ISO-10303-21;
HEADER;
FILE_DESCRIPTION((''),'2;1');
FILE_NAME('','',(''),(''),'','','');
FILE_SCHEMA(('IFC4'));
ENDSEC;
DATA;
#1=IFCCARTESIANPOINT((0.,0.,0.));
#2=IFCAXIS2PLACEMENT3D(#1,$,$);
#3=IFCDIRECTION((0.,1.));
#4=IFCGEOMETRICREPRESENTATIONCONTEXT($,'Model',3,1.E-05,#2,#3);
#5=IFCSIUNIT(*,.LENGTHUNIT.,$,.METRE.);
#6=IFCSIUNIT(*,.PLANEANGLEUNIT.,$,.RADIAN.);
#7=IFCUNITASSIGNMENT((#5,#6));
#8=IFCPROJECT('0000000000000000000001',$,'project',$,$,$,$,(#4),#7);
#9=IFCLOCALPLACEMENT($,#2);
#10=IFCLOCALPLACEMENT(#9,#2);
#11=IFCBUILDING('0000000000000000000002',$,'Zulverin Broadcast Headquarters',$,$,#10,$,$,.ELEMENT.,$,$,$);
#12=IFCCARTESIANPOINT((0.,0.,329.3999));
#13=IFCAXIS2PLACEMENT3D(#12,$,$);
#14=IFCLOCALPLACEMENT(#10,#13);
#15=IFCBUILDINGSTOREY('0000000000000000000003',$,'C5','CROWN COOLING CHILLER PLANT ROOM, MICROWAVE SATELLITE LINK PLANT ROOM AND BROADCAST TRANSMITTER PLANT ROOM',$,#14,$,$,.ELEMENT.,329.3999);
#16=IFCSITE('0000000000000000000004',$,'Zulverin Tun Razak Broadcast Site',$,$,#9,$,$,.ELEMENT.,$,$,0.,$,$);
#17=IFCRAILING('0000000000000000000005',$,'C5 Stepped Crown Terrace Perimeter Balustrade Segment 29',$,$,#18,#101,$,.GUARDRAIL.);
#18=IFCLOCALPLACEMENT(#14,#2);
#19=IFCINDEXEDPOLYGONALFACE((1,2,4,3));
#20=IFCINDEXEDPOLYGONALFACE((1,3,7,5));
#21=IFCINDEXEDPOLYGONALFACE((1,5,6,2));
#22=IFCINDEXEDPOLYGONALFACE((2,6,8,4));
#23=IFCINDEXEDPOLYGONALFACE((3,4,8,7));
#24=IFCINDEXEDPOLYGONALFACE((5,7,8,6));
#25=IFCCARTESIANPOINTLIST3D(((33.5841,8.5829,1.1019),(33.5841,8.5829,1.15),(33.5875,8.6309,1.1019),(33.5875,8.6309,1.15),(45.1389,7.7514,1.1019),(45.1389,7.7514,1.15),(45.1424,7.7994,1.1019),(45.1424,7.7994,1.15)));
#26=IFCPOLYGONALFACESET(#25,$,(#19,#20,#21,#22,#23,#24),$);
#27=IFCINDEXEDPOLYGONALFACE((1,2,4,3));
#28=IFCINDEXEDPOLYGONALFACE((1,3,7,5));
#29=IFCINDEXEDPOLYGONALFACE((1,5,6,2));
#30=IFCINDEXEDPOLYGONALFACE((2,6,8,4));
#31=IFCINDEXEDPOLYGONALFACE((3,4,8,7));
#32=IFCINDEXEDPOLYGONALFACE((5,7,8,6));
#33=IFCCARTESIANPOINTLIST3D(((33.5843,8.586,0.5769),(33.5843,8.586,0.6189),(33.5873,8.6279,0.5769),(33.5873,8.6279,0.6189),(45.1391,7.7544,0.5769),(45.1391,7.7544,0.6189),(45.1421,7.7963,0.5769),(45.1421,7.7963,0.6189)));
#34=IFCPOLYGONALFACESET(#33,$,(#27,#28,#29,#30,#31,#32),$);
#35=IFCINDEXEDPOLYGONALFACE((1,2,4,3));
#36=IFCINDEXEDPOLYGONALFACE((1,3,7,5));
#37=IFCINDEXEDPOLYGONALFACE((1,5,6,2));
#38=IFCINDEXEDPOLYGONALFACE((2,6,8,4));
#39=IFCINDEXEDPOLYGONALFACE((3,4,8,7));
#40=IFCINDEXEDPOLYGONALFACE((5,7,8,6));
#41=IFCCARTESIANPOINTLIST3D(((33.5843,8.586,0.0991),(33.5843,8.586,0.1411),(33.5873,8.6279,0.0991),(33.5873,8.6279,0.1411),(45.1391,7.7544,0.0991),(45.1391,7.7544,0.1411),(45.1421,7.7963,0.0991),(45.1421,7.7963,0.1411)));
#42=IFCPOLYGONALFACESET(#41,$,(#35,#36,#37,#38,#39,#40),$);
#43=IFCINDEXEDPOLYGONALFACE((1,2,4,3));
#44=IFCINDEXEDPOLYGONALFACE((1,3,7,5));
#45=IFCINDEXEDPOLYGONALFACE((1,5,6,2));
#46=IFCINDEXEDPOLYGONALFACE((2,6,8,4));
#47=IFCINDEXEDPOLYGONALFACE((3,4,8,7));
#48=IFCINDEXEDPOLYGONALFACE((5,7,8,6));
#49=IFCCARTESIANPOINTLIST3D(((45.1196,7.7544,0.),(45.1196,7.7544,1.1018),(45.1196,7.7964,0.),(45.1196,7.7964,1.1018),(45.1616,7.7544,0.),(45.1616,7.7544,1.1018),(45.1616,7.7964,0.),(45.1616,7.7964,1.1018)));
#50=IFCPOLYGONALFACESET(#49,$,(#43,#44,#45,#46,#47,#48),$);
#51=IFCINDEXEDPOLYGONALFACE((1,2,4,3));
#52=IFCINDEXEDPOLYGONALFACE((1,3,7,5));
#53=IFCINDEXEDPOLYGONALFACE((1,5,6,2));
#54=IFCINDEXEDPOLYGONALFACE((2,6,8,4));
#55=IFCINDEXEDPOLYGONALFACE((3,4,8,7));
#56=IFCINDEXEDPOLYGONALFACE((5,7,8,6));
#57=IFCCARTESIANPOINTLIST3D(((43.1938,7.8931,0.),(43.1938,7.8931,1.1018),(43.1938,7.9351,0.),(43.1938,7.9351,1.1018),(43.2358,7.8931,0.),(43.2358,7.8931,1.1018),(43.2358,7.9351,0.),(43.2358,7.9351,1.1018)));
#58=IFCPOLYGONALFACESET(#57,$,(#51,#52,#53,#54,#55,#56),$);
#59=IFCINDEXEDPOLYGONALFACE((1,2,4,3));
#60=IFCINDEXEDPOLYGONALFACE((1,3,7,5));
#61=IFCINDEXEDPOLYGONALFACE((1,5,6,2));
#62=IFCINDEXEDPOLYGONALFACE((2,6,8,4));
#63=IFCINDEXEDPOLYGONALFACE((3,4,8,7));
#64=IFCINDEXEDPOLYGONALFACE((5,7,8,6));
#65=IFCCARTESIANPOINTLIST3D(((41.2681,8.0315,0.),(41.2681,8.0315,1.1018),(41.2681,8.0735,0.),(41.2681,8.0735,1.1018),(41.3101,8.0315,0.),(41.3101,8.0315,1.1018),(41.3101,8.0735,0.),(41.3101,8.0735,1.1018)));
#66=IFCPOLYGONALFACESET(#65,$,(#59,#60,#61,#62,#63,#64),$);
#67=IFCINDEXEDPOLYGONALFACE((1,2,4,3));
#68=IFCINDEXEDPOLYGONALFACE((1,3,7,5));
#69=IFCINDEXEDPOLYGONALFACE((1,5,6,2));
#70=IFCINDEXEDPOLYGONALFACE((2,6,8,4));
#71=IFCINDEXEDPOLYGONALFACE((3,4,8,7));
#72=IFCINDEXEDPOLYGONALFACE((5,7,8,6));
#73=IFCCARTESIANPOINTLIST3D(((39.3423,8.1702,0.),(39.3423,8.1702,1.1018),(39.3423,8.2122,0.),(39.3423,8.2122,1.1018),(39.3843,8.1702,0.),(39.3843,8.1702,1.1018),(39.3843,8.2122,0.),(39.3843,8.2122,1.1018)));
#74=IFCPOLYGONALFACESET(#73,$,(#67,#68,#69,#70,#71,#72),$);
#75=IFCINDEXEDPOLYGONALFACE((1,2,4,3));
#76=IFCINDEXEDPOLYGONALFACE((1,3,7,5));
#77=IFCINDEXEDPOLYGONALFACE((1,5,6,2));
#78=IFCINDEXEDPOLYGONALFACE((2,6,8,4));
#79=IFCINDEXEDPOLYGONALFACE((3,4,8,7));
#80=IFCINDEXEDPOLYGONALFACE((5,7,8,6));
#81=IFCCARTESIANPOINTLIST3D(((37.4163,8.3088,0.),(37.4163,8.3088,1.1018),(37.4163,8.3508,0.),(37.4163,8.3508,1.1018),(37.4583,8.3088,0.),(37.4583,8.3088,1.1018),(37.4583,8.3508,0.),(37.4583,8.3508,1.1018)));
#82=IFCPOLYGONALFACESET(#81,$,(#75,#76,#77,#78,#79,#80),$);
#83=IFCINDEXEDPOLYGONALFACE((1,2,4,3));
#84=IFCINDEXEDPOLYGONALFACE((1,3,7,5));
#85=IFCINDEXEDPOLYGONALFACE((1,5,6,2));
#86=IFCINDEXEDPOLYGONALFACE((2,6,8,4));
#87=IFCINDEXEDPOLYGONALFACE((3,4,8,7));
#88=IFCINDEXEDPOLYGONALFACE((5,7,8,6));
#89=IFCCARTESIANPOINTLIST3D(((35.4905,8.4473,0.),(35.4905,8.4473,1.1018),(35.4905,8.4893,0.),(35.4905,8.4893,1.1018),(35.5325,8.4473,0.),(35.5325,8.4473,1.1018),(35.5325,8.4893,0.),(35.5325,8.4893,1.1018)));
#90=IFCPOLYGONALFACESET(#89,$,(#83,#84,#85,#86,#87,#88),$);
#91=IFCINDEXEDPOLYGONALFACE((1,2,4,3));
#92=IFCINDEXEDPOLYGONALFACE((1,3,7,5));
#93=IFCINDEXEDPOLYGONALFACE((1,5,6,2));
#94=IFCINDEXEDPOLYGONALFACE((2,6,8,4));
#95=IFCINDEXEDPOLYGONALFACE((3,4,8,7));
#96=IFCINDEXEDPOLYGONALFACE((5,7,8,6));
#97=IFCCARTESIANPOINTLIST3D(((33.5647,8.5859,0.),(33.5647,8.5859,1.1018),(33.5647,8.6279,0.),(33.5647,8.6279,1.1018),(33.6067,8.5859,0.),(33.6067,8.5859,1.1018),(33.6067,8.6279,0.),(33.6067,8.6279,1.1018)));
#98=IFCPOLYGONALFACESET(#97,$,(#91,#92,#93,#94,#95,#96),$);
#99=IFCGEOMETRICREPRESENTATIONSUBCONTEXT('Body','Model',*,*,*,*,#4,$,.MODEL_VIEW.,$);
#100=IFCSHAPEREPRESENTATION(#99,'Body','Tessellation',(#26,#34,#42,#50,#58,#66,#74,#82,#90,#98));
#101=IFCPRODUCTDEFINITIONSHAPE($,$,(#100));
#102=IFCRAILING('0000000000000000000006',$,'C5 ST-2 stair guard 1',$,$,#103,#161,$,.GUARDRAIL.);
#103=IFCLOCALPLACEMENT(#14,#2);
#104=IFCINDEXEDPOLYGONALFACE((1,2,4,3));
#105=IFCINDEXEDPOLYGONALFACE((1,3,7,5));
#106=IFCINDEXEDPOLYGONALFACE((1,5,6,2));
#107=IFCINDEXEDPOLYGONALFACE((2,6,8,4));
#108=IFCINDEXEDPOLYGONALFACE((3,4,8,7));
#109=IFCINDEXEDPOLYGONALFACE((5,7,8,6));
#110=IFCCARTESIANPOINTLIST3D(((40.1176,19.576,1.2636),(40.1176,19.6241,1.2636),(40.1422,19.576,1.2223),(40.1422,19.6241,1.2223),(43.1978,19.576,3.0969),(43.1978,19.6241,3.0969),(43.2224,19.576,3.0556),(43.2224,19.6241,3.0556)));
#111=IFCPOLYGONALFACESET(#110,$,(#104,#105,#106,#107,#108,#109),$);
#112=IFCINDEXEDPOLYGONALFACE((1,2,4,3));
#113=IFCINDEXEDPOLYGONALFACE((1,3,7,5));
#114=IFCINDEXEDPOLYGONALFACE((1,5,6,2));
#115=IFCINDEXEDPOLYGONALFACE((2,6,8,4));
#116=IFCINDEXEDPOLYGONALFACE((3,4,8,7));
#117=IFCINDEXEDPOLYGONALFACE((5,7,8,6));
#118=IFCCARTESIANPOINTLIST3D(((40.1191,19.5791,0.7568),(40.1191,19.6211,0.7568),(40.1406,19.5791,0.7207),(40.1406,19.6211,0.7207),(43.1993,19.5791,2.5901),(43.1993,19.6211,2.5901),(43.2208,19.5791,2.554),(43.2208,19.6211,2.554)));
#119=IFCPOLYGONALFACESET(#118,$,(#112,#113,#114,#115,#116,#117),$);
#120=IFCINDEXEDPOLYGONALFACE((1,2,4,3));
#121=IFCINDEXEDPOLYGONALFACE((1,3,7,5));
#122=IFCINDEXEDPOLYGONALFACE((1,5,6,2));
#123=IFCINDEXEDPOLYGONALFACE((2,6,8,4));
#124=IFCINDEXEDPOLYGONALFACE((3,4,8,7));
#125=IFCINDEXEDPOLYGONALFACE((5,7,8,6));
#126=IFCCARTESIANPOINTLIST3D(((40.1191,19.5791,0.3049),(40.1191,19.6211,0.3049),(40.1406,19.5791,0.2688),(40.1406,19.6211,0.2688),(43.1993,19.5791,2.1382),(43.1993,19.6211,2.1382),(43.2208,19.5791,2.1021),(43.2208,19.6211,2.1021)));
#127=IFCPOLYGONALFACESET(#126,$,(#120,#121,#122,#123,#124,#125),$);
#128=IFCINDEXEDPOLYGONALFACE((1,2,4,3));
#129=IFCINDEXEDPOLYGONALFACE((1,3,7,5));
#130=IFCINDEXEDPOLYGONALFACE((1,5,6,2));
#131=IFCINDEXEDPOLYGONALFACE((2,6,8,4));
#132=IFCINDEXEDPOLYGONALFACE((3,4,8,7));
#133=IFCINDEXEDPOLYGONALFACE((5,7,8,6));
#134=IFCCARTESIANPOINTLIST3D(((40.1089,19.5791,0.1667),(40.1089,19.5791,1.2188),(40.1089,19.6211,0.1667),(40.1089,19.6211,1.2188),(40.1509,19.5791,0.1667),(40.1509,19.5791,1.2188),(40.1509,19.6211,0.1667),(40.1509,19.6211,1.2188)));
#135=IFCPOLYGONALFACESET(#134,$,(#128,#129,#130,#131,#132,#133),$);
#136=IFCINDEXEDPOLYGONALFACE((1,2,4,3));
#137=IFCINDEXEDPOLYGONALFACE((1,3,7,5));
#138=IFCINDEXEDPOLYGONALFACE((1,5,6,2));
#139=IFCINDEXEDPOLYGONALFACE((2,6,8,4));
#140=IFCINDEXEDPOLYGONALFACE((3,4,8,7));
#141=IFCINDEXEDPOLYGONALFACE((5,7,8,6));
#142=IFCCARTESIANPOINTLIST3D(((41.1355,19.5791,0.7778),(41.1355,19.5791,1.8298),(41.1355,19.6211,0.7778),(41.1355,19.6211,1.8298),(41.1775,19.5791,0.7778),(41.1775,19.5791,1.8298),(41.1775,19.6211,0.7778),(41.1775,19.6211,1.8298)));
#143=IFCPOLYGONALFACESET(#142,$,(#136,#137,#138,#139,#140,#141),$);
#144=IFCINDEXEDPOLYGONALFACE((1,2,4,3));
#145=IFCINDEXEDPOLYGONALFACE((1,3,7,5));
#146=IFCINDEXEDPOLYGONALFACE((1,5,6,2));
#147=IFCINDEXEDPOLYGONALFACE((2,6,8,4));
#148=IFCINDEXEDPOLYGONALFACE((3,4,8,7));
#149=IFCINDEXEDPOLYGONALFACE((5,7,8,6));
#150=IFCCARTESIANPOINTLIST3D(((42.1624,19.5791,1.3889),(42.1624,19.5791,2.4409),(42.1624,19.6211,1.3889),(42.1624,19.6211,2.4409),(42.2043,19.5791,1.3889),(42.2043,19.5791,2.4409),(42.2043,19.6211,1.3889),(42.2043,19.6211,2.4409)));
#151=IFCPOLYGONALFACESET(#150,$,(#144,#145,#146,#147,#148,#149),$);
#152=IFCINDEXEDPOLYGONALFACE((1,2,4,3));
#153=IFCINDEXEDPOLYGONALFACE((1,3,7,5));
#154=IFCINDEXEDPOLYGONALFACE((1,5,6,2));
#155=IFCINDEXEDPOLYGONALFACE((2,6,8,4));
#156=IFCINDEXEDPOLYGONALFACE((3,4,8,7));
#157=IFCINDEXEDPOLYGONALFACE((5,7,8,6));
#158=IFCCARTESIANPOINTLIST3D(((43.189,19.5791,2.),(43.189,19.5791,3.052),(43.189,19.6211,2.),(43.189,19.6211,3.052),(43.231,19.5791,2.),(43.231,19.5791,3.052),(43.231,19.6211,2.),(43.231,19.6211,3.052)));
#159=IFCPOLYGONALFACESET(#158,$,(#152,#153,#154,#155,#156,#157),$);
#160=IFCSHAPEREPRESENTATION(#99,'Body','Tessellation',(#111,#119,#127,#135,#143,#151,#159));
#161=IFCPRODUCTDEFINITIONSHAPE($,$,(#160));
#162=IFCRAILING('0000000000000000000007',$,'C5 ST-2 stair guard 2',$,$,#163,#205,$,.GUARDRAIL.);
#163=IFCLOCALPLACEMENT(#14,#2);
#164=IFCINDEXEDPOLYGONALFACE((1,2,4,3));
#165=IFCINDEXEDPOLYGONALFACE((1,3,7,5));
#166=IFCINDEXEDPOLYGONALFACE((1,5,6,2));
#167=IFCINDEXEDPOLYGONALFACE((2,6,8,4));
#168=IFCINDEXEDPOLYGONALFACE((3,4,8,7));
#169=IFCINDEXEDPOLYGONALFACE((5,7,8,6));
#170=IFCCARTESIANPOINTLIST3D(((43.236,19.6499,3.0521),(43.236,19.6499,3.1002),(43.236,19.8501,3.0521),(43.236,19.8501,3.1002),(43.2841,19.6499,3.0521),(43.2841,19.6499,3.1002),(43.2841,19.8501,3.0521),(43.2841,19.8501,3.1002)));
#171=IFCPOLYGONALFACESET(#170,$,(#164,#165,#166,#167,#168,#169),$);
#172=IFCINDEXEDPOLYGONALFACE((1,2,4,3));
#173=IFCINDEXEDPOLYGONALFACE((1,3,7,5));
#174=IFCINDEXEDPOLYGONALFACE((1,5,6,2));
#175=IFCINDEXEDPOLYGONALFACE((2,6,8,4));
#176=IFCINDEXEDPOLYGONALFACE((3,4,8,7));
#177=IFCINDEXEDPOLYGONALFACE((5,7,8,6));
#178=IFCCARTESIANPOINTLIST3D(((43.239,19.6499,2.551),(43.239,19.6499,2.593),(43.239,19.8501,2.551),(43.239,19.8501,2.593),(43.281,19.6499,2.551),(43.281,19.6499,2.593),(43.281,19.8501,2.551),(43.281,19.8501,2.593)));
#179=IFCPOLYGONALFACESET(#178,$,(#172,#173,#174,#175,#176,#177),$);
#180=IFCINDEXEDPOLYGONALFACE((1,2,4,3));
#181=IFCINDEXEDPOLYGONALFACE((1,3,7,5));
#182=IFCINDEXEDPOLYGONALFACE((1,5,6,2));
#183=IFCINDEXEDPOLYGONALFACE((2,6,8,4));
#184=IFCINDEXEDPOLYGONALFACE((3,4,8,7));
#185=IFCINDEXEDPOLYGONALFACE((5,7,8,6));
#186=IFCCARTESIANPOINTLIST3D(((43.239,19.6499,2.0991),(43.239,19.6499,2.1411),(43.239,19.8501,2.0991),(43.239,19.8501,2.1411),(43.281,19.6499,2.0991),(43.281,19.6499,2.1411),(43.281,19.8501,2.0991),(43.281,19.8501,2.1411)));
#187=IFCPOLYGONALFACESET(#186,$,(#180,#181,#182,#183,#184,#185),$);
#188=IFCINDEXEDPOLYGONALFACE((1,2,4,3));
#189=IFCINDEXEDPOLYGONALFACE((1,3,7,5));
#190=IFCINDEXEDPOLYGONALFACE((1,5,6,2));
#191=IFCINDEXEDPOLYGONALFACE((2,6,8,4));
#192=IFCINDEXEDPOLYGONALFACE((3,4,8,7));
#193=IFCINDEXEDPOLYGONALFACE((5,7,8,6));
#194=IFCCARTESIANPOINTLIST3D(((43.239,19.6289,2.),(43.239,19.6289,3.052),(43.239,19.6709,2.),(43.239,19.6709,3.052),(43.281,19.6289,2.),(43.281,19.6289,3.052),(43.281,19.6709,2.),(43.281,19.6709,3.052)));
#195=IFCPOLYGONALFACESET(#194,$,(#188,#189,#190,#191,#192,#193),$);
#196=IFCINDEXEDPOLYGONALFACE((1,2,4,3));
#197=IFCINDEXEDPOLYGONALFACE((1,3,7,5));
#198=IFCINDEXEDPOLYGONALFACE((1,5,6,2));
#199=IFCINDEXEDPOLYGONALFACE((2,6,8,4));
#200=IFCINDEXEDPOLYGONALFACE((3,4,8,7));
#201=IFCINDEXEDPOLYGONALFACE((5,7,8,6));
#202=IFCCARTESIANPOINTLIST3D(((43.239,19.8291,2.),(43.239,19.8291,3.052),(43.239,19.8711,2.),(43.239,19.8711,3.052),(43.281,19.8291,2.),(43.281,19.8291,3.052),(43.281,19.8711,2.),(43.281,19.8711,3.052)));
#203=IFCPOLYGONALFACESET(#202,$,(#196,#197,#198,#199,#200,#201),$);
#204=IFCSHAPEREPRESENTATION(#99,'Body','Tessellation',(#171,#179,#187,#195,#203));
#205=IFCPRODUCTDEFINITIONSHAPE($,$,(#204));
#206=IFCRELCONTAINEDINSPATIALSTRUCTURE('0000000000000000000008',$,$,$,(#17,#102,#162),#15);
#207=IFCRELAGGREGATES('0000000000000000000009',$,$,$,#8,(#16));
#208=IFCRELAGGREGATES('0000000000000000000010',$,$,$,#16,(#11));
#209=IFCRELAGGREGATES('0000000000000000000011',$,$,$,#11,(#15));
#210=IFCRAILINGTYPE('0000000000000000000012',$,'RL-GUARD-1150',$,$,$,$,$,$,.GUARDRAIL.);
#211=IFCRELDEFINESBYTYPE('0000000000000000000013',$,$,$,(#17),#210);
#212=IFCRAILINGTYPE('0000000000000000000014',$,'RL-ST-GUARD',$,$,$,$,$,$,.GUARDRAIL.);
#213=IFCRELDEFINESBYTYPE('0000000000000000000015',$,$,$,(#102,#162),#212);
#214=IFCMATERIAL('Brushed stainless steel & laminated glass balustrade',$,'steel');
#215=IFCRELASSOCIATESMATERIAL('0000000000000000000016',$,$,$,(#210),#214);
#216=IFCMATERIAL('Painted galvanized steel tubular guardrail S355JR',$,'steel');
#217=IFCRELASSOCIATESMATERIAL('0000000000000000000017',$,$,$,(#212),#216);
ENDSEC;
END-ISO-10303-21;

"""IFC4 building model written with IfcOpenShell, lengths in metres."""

from ifc_helpers import new_model, si_unit, direction, frame, origin, origin_2d, place, context, subcontext, project, spatial, rectangle, extrude, material, type_object, element, save


model = new_model("IFC4")

# Units and contexts
model_context = context("Model", 3, precision=1e-05, world=origin(), true_north=direction((0.0, 1.0)))
body_context = subcontext(model_context, "Body", "Model", "MODEL_VIEW")
ifc_project = project(units=[si_unit("LENGTHUNIT", "METRE"), si_unit("PLANEANGLEUNIT", "RADIAN")], contexts=[model_context])

# Site, building, storey
site_placement = place(None, origin())
site = spatial("IfcSite", under=ifc_project, at=site_placement, Name="Zulverin Tun Razak Broadcast Site", CompositionType="ELEMENT", RefElevation=0.0)
building_placement = place(site_placement, origin())
building = spatial("IfcBuilding", under=site, at=building_placement, Name="Zulverin Broadcast Headquarters", CompositionType="ELEMENT")
storey_placement = place(building_placement, frame((0.0, 0.0, 329.3999)))
storey = spatial("IfcBuildingStorey", under=building, at=storey_placement, Name="C5", Description="CROWN COOLING CHILLER PLANT ROOM, MICROWAVE SATELLITE LINK PLANT ROOM AND BROADCAST TRANSMITTER PLANT ROOM", CompositionType="ELEMENT", Elevation=329.3999)

# Railings
ifc_material_1 = material(Name="Brushed stainless steel & laminated glass balustrade", Category="steel")
railing_type_1 = type_object("IfcRailingType", Name="RL-GUARD-1150", PredefinedType="GUARDRAIL", material=ifc_material_1)
railing_1_placement = place(storey_placement, frame((45.1406, 7.7754, 0.0)))
element("IfcRailing", 1, at=railing_1_placement, inside=storey, type_object=railing_type_1, Name="C5 Stepped Crown Terrace Perimeter Balustrade Segment 29", PredefinedType="GUARDRAIL", context=body_context, shape_type="SweptSolid", body=[
    extrude(rectangle(XDim=0.0481, YDim=0.0481, at=origin_2d()), frame((0.0, 0.0, 1.126), z_axis=(-0.997421, 0.071779, 0.0), x_axis=(-0.071779, -0.997421, 0.0)), (0.0, 0.0, 1.0), 11.5847),
    extrude(rectangle(XDim=0.042, YDim=0.042, at=origin_2d()), frame((0.0, 0.0, 0.5979), z_axis=(-0.997421, 0.071779, 0.0), x_axis=(-0.071779, -0.997421, 0.0)), (0.0, 0.0, 1.0), 11.5847),
    extrude(rectangle(XDim=0.042, YDim=0.042, at=origin_2d()), frame((0.0, 0.0, 0.1201), z_axis=(-0.997421, 0.071779, 0.0), x_axis=(-0.071779, -0.997421, 0.0)), (0.0, 0.0, 1.0), 11.5847),
    extrude(rectangle(XDim=0.042, YDim=0.042, at=origin_2d()), origin(), (0.0, 0.0, 1.0), 1.1018),
    extrude(rectangle(XDim=0.042, YDim=0.042, at=origin_2d()), frame((-1.9258, 0.1387, 0.0)), (0.0, 0.0, 1.0), 1.1018),
    extrude(rectangle(XDim=0.042, YDim=0.042, at=origin_2d()), frame((-3.8516, 0.2771, 0.0)), (0.0, 0.0, 1.0), 1.1018),
    extrude(rectangle(XDim=0.042, YDim=0.042, at=origin_2d()), frame((-5.7773, 0.4158, 0.0)), (0.0, 0.0, 1.0), 1.1018),
    extrude(rectangle(XDim=0.042, YDim=0.042, at=origin_2d()), frame((-7.7034, 0.5544, 0.0)), (0.0, 0.0, 1.0), 1.1018),
    extrude(rectangle(XDim=0.042, YDim=0.042, at=origin_2d()), frame((-9.6292, 0.6929, 0.0)), (0.0, 0.0, 1.0), 1.1018),
    extrude(rectangle(XDim=0.042, YDim=0.042, at=origin_2d()), frame((-11.5549, 0.8315, 0.0)), (0.0, 0.0, 1.0), 1.1018),
])
ifc_material_2 = material(Name="Painted galvanized steel tubular guardrail S355JR", Category="steel")
railing_type_2 = type_object("IfcRailingType", Name="RL-ST-GUARD", PredefinedType="GUARDRAIL", material=ifc_material_2)
railing_2_placement = place(storey_placement, frame((40.1299, 19.6001, 0.1667)))
element("IfcRailing", 2, at=railing_2_placement, inside=storey, type_object=railing_type_2, Name="C5 ST-2 stair guard 1", PredefinedType="GUARDRAIL", context=body_context, shape_type="SweptSolid", body=[
    extrude(rectangle(XDim=0.0481, YDim=0.0481, at=origin_2d()), frame((0.0, 0.0, 1.0762), z_axis=(0.859309, 0.0, 0.511458), x_axis=(0.0, 1.0, 0.0)), (0.0, 0.0, 1.0), 3.5845),
    extrude(rectangle(XDim=0.042, YDim=0.042, at=origin_2d()), frame((0.0, 0.0, 0.572), z_axis=(0.859309, 0.0, 0.511458), x_axis=(0.0, 1.0, 0.0)), (0.0, 0.0, 1.0), 3.5845),
    extrude(rectangle(XDim=0.042, YDim=0.042, at=origin_2d()), frame((0.0, 0.0, 0.1201), z_axis=(0.859309, 0.0, 0.511458), x_axis=(0.0, 1.0, 0.0)), (0.0, 0.0, 1.0), 3.5845),
    extrude(rectangle(XDim=0.042, YDim=0.042, at=origin_2d()), origin(), (0.0, 0.0, 1.0), 1.052),
    extrude(rectangle(XDim=0.042, YDim=0.042, at=origin_2d()), frame((1.0266, 0.0, 0.6111)), (0.0, 0.0, 1.0), 1.052),
    extrude(rectangle(XDim=0.042, YDim=0.042, at=origin_2d()), frame((2.0535, 0.0, 1.2222)), (0.0, 0.0, 1.0), 1.052),
    extrude(rectangle(XDim=0.042, YDim=0.042, at=origin_2d()), frame((3.0801, 0.0, 1.8333)), (0.0, 0.0, 1.0), 1.052),
])
railing_3_placement = place(storey_placement, frame((43.26, 19.6499, 2.0)))
element("IfcRailing", 3, at=railing_3_placement, inside=storey, type_object=railing_type_2, Name="C5 ST-2 stair guard 2", PredefinedType="GUARDRAIL", context=body_context, shape_type="SweptSolid", body=[
    extrude(rectangle(XDim=0.0481, YDim=0.0481, at=origin_2d()), frame((0.0, 0.0, 1.0762), z_axis=(0.0, 1.0, 0.0), x_axis=(-1.0, 0.0, 0.0)), (0.0, 0.0, 1.0), 0.2002),
    extrude(rectangle(XDim=0.042, YDim=0.042, at=origin_2d()), frame((0.0, 0.0, 0.572), z_axis=(0.0, 1.0, 0.0), x_axis=(-1.0, 0.0, 0.0)), (0.0, 0.0, 1.0), 0.2002),
    extrude(rectangle(XDim=0.042, YDim=0.042, at=origin_2d()), frame((0.0, 0.0, 0.1201), z_axis=(0.0, 1.0, 0.0), x_axis=(-1.0, 0.0, 0.0)), (0.0, 0.0, 1.0), 0.2002),
    extrude(rectangle(XDim=0.042, YDim=0.042, at=origin_2d()), origin(), (0.0, 0.0, 1.0), 1.052),
    extrude(rectangle(XDim=0.042, YDim=0.042, at=origin_2d()), frame((0.0, 0.2002, 0.0)), (0.0, 0.0, 1.0), 1.052),
])

save(model, "model.ifc")
